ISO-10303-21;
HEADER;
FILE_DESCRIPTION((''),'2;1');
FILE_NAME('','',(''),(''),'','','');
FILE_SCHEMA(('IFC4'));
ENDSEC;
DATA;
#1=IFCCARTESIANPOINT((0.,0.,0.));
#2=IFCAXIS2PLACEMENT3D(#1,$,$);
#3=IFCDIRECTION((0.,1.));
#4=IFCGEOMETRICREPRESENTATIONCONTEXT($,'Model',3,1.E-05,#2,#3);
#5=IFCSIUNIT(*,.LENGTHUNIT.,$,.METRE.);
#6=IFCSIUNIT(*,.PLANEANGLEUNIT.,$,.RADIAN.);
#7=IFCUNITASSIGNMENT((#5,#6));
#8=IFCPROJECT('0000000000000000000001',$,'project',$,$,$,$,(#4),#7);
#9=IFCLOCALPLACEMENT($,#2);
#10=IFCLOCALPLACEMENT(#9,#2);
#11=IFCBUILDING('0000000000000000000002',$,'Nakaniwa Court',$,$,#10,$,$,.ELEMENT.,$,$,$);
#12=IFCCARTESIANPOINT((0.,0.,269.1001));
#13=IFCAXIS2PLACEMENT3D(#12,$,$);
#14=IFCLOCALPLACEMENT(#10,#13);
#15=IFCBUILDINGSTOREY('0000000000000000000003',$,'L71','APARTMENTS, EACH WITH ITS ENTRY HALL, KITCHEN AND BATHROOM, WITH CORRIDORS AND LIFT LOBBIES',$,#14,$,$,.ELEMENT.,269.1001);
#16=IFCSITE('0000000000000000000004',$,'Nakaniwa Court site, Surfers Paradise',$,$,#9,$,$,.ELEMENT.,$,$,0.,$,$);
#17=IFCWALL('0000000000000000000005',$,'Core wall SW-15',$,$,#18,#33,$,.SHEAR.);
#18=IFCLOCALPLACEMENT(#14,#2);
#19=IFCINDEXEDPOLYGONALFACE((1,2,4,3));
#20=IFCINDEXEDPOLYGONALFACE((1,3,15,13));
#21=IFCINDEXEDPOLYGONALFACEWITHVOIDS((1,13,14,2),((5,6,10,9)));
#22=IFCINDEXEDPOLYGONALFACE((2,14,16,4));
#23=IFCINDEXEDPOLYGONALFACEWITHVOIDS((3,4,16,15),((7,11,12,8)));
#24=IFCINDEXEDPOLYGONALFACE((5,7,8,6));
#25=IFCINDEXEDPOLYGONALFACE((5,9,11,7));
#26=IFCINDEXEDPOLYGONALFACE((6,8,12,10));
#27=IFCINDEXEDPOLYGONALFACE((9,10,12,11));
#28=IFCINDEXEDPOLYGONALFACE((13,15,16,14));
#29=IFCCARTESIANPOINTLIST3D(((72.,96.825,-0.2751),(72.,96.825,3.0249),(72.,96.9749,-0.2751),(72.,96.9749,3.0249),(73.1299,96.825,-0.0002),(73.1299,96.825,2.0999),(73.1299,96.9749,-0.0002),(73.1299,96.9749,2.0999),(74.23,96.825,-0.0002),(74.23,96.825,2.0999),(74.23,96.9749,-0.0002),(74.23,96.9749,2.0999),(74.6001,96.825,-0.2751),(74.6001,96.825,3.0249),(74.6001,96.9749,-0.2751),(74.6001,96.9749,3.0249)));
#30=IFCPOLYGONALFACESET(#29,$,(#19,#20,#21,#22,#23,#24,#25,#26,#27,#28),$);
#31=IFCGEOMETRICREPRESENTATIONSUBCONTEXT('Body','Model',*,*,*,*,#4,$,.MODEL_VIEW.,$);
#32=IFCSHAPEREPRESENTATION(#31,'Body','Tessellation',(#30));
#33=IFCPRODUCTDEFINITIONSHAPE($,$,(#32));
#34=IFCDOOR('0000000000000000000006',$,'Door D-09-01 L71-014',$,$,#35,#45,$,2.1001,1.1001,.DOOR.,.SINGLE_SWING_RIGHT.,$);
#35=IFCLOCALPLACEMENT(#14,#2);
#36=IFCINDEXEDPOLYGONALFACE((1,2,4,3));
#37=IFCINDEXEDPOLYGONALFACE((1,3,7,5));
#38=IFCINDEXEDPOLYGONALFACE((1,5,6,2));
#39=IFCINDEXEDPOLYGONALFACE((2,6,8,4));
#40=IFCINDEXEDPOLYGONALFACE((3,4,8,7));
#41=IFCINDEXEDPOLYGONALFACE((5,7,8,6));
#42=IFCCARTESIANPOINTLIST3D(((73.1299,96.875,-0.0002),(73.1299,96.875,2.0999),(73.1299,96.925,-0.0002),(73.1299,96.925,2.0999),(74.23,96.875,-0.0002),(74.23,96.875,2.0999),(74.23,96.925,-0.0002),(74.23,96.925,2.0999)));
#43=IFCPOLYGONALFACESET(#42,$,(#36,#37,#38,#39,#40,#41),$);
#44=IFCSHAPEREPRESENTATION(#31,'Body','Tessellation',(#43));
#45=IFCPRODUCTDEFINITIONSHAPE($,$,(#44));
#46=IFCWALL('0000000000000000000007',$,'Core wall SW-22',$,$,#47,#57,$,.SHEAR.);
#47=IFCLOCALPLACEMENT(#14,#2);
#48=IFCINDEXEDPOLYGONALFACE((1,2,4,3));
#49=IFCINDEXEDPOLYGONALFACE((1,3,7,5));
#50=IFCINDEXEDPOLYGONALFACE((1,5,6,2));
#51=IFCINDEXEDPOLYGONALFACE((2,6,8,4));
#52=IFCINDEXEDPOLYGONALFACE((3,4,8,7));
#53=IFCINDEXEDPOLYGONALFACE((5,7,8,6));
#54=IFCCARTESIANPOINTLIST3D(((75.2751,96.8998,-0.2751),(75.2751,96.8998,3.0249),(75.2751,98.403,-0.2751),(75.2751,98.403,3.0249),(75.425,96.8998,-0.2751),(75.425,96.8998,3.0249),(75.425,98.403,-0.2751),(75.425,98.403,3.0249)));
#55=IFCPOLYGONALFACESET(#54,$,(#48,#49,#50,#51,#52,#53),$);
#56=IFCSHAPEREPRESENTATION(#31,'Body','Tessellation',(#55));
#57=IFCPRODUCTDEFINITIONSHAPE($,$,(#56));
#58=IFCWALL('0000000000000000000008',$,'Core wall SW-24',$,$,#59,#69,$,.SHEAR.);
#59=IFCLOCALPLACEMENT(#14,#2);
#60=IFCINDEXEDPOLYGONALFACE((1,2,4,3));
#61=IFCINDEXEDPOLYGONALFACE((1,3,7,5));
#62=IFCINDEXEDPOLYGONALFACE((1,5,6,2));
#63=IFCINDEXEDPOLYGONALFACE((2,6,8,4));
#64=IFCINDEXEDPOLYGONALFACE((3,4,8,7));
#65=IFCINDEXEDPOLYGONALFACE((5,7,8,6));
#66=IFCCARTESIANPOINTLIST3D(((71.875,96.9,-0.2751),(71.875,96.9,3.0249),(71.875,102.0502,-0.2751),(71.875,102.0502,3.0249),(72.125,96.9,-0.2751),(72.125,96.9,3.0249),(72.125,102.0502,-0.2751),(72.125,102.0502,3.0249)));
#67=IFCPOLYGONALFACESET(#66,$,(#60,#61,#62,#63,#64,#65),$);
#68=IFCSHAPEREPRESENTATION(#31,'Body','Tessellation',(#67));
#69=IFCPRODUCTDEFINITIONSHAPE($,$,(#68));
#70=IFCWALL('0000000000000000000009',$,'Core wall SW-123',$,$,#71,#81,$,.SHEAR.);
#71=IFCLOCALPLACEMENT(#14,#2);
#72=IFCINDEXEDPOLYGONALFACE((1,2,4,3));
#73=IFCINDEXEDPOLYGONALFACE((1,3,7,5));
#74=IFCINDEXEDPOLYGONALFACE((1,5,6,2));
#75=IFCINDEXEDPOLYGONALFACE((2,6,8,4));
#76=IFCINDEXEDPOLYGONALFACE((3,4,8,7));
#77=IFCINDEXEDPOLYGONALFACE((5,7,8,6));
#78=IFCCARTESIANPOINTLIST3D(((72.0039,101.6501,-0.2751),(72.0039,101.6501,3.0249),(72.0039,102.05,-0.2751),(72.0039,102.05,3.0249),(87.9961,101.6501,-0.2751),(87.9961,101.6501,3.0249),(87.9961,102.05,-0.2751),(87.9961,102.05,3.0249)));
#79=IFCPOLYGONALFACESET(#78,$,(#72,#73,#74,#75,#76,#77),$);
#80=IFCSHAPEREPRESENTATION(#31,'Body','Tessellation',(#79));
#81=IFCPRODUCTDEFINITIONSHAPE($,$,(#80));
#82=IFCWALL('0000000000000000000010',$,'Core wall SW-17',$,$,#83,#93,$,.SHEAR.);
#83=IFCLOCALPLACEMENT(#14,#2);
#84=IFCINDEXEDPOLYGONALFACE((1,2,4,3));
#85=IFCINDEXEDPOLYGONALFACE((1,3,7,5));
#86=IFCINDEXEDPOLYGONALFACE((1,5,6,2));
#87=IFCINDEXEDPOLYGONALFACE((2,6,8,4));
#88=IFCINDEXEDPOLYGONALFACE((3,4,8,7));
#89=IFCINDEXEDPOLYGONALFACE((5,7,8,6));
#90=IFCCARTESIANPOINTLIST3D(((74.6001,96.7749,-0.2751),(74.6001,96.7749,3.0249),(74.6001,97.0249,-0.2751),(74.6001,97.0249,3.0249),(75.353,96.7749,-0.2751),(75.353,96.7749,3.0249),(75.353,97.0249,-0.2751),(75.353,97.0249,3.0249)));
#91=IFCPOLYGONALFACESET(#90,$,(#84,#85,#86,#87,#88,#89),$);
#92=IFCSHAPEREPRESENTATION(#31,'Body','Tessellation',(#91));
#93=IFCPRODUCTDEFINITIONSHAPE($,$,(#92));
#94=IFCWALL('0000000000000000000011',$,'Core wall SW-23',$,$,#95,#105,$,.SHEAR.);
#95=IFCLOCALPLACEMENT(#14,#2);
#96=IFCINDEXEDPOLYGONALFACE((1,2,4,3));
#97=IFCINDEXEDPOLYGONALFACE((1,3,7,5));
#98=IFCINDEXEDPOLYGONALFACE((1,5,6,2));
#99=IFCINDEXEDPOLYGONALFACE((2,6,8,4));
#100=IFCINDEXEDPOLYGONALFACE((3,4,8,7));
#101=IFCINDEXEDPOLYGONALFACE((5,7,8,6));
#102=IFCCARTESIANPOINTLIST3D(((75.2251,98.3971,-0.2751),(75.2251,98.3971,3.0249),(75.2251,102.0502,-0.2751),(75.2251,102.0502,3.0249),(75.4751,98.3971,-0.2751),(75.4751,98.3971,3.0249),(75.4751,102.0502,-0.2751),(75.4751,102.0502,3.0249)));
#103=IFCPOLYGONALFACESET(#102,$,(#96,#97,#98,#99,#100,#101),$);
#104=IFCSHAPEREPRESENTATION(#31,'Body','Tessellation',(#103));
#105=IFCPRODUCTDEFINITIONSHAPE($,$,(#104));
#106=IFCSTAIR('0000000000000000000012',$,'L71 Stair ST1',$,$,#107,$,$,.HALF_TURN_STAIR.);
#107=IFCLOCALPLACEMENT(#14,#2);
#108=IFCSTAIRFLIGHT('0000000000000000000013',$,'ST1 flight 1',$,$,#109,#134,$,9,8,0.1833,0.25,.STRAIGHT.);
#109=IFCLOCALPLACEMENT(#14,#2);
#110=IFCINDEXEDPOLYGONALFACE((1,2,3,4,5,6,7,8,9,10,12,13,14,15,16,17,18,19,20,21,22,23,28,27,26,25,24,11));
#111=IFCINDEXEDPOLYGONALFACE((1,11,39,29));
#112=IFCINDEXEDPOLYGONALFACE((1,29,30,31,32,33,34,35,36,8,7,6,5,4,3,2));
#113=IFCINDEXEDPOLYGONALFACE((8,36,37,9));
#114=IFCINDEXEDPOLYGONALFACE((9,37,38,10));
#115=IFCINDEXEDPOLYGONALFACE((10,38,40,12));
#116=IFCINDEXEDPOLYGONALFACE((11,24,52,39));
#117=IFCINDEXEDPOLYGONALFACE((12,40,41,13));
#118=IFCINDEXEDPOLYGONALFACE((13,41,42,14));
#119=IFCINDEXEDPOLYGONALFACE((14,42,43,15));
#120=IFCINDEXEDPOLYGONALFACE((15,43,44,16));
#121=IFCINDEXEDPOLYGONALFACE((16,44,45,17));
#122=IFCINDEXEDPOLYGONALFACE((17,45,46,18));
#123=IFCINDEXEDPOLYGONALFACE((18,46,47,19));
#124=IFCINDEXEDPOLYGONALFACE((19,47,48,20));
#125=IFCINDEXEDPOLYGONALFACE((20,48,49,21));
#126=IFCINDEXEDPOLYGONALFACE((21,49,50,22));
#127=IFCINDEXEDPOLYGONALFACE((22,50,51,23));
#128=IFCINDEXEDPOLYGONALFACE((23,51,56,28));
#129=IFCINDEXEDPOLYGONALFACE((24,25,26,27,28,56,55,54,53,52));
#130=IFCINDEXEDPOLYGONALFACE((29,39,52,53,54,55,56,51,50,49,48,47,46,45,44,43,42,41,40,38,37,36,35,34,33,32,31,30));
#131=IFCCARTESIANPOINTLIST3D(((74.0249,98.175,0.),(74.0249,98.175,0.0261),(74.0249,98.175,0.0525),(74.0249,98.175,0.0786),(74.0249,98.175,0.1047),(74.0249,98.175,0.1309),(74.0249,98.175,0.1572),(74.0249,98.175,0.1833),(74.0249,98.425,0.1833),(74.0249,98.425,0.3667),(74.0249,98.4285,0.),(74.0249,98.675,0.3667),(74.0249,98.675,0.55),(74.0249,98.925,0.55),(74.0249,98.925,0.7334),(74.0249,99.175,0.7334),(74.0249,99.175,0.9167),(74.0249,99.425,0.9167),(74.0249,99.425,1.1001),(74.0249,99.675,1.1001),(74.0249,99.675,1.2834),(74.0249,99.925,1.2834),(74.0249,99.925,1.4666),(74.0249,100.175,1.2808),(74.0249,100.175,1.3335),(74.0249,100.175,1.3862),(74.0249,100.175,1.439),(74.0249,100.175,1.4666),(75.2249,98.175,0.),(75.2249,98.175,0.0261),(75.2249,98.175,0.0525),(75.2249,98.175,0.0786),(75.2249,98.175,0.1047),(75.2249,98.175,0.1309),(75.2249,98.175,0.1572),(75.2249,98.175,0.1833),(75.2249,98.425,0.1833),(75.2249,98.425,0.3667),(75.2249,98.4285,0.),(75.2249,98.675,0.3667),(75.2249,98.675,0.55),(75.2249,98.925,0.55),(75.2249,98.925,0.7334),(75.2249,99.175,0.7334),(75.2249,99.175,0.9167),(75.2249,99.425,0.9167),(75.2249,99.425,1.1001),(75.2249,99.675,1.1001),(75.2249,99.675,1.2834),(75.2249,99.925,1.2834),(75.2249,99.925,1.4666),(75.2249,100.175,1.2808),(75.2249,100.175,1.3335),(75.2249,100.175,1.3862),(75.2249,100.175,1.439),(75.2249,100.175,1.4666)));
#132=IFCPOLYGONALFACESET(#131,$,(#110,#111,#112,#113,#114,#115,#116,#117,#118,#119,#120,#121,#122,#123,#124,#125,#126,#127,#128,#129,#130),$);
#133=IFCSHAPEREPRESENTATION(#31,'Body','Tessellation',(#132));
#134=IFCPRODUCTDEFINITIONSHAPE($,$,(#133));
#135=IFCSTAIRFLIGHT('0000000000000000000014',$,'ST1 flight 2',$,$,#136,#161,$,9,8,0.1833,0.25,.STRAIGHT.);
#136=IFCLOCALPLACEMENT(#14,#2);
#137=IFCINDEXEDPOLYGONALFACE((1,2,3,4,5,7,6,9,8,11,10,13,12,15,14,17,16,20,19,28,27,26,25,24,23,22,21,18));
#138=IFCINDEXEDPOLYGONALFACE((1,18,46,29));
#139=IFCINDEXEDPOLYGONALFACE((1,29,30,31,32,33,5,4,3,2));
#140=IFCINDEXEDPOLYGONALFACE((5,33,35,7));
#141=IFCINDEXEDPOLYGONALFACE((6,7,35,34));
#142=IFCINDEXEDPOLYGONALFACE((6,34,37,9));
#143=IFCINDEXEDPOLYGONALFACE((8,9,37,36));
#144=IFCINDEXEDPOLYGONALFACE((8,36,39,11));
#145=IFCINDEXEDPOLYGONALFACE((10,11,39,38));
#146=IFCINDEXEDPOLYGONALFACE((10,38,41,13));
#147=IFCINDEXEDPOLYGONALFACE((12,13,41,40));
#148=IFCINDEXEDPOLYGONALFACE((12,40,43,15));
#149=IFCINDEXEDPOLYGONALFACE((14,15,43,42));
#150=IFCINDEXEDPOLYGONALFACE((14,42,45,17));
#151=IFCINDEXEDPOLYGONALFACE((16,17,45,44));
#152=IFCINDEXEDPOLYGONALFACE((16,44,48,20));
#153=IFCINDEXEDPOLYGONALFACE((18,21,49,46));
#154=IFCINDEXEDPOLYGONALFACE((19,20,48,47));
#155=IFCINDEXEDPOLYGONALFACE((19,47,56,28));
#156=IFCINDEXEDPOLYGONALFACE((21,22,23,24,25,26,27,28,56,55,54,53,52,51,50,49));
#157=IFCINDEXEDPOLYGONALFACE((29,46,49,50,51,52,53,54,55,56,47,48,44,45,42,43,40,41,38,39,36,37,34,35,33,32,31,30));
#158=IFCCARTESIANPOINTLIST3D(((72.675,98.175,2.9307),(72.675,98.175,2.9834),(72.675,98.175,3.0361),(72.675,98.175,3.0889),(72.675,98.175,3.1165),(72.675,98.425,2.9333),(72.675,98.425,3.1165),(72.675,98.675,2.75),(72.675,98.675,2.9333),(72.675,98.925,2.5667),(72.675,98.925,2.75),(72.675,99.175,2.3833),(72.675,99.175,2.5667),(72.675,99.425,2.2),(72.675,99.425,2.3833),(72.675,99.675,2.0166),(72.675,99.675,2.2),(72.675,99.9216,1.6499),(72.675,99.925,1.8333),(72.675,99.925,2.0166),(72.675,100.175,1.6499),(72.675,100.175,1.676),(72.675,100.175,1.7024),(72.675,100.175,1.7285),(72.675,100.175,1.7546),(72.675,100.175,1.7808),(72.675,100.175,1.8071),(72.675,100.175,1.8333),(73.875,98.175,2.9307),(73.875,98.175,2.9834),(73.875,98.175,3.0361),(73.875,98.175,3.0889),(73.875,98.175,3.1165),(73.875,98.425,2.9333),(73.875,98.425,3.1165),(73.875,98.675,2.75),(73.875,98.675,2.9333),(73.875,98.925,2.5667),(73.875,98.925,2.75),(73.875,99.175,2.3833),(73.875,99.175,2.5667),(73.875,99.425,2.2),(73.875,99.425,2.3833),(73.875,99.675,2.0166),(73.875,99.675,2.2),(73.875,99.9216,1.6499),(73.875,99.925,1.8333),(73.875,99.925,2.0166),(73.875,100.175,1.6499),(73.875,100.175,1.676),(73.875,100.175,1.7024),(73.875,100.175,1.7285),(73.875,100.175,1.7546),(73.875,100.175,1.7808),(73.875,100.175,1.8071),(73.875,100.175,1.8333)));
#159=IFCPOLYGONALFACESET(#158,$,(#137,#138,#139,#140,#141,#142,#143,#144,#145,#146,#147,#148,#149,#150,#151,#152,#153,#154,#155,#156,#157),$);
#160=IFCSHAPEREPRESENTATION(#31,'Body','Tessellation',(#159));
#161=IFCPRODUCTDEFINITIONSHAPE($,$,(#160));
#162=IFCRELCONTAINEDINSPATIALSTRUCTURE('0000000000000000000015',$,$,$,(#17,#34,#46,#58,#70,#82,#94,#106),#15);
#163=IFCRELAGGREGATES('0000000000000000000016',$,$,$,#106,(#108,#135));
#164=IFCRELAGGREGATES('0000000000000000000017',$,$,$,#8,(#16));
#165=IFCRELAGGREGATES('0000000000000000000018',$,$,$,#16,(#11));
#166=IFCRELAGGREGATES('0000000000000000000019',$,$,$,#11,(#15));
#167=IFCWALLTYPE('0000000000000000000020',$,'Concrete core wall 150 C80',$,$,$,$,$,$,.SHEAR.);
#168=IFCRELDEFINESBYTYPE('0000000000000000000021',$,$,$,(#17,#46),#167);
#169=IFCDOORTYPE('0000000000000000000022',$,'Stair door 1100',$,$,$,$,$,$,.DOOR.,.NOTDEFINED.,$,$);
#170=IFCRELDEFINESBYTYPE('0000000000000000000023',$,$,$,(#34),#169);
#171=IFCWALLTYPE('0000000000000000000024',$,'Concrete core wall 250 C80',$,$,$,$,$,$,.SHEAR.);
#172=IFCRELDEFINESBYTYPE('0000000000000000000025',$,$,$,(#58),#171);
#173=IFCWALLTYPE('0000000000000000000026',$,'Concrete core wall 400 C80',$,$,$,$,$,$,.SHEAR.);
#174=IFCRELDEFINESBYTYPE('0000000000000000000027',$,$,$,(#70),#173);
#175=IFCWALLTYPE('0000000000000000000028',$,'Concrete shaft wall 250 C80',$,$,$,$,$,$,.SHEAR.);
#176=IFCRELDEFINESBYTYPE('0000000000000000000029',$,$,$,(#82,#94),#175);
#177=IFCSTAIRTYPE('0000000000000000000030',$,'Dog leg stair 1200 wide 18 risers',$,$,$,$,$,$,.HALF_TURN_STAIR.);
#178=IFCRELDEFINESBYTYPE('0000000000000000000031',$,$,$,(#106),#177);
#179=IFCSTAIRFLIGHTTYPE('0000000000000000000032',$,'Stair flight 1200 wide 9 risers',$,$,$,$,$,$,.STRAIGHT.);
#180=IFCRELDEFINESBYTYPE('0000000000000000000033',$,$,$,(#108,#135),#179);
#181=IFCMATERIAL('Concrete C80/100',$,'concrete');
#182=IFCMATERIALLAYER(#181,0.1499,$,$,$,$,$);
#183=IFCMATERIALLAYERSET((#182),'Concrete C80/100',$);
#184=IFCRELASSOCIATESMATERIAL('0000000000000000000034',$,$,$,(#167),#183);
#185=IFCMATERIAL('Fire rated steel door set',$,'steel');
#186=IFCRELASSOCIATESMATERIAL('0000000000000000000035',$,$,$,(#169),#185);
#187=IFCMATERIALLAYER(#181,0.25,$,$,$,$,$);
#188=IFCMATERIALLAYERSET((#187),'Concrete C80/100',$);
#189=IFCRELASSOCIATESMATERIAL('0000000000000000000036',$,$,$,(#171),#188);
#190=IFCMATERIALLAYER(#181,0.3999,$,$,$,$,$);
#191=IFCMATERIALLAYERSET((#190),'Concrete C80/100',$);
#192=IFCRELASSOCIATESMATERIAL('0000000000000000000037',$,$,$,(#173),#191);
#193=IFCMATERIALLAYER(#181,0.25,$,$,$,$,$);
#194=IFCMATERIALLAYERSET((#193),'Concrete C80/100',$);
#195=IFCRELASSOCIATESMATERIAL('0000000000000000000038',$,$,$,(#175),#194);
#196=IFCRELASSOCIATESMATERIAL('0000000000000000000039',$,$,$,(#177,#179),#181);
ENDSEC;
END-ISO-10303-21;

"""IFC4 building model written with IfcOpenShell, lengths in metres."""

from ifc_helpers import new_model, si_unit, direction, frame, frame_2d, origin, place, context, subcontext, project, spatial, polyline, rectangle, outline, extrude, material, layer, layer_set, type_object, element, fill, aggregate, save


model = new_model("IFC4")

# Units and contexts
model_context = context("Model", 3, precision=1e-05, world=origin(), true_north=direction((0.0, 1.0)))
body_context = subcontext(model_context, "Body", "Model", "MODEL_VIEW")
ifc_project = project(units=[si_unit("LENGTHUNIT", "METRE"), si_unit("PLANEANGLEUNIT", "RADIAN")], contexts=[model_context])

# Site, building, storey
site_placement = place(None, origin())
site = spatial("IfcSite", under=ifc_project, at=site_placement, Name="Nakaniwa Court site, Surfers Paradise", CompositionType="ELEMENT", RefElevation=0.0)
building_placement = place(site_placement, origin())
building = spatial("IfcBuilding", under=site, at=building_placement, Name="Nakaniwa Court", CompositionType="ELEMENT")
storey_placement = place(building_placement, frame((0.0, 0.0, 269.1001)))
storey = spatial("IfcBuildingStorey", under=building, at=storey_placement, Name="L71", Description="APARTMENTS, EACH WITH ITS ENTRY HALL, KITCHEN AND BATHROOM, WITH CORRIDORS AND LIFT LOBBIES", CompositionType="ELEMENT", Elevation=269.1001)

# Shared definitions
ifc_material_1 = material(Name="Concrete C80/100", Category="concrete")

# Shared definitions
ifc_material_2 = material(Name="Fire rated steel door set", Category="steel")

# Wall, opening, door
ifc_layer_1 = layer(ifc_material_1, 0.1499)
ifc_layer_set_1 = layer_set([ifc_layer_1], Name="Concrete C80/100")
wall_type_1 = type_object("IfcWallType", Name="Concrete core wall 150 C80", PredefinedType="SHEAR", material=ifc_layer_set_1)
wall_1_placement = place(storey_placement, frame((74.6001, 96.8999, -0.2751), z_axis=(0.0, 0.0, 1.0), x_axis=(-1.0, 0.0, 0.0)))
wall_1 = element("IfcWall", 1, at=wall_1_placement, inside=storey, type_object=wall_type_1, Name="Core wall SW-15", PredefinedType="SHEAR", context=body_context, shape_type="SweptSolid", body=[
    extrude(rectangle(XDim=2.6001, YDim=0.1499, at=frame_2d((1.3, 0.0))), origin(), (0.0, 0.0, 1.0), 3.3),
])
opening_1_placement = place(wall_1_placement, frame((0.3701, 0.0, 0.2749)))
opening_1 = element("IfcOpeningElement", 2, at=opening_1_placement, cuts=wall_1, PredefinedType="OPENING", context=body_context, shape_type="SweptSolid", body=[
    extrude(rectangle(XDim=1.1001, YDim=2.1001, at=frame_2d((0.55, 1.05))), frame((0.0, 0.085, 0.0), z_axis=(0.0, -1.0, 0.0), x_axis=(1.0, 0.0, 0.0)), (0.0, 0.0, 1.0), 0.1699),
])
door_type_1 = type_object("IfcDoorType", Name="Stair door 1100", OperationType="NOTDEFINED", PredefinedType="DOOR", material=ifc_material_2)
door_1_placement = place(opening_1_placement, origin())
door_1 = element("IfcDoor", 3, at=door_1_placement, inside=storey, type_object=door_type_1, Name="Door D-09-01 L71-014", OperationType="SINGLE_SWING_RIGHT", OverallHeight=2.1001, OverallWidth=1.1001, PredefinedType="DOOR", context=body_context, shape_type="SweptSolid", body=[
    extrude(rectangle(XDim=1.1001, YDim=2.1001, at=frame_2d((0.55, 1.05))), frame((0.0, 0.0249, 0.0), z_axis=(0.0, -1.0, 0.0), x_axis=(1.0, 0.0, 0.0)), (0.0, 0.0, 1.0), 0.05),
])
fill(opening_1, door_1)

# Walls
wall_2_placement = place(storey_placement, frame((75.3501, 96.8999, -0.2751), z_axis=(0.0, 0.0, 1.0), x_axis=(0.0, 1.0, 0.0)))
element("IfcWall", 4, at=wall_2_placement, inside=storey, type_object=wall_type_1, Name="Core wall SW-22", PredefinedType="SHEAR", context=body_context, shape_type="SweptSolid", body=[
    extrude(rectangle(XDim=1.5032, YDim=0.1499, at=frame_2d((0.7515, 0.0))), origin(), (0.0, 0.0, 1.0), 3.3),
])
ifc_layer_2 = layer(ifc_material_1, 0.25)
ifc_layer_set_2 = layer_set([ifc_layer_2], Name="Concrete C80/100")
wall_type_2 = type_object("IfcWallType", Name="Concrete core wall 250 C80", PredefinedType="SHEAR", material=ifc_layer_set_2)
wall_3_placement = place(storey_placement, frame((72.0, 96.8999, -0.2751), z_axis=(0.0, 0.0, 1.0), x_axis=(0.0, 1.0, 0.0)))
element("IfcWall", 5, at=wall_3_placement, inside=storey, type_object=wall_type_2, Name="Core wall SW-24", PredefinedType="SHEAR", context=body_context, shape_type="SweptSolid", body=[
    extrude(rectangle(XDim=5.1501, YDim=0.25, at=frame_2d((2.5752, 0.0))), origin(), (0.0, 0.0, 1.0), 3.3),
])
ifc_layer_3 = layer(ifc_material_1, 0.3999)
ifc_layer_set_3 = layer_set([ifc_layer_3], Name="Concrete C80/100")
wall_type_3 = type_object("IfcWallType", Name="Concrete core wall 400 C80", PredefinedType="SHEAR", material=ifc_layer_set_3)
wall_4_placement = place(storey_placement, frame((72.0039, 101.8501, -0.2751), z_axis=(0.0, 0.0, 1.0), x_axis=(1.0, 0.0, 0.0)))
element("IfcWall", 6, at=wall_4_placement, inside=storey, type_object=wall_type_3, Name="Core wall SW-123", PredefinedType="SHEAR", context=body_context, shape_type="SweptSolid", body=[
    extrude(rectangle(XDim=15.9922, YDim=0.3999, at=frame_2d((7.9961, 0.0))), origin(), (0.0, 0.0, 1.0), 3.3),
])
ifc_layer_4 = layer(ifc_material_1, 0.25)
ifc_layer_set_4 = layer_set([ifc_layer_4], Name="Concrete C80/100")
wall_type_4 = type_object("IfcWallType", Name="Concrete shaft wall 250 C80", PredefinedType="SHEAR", material=ifc_layer_set_4)
wall_5_placement = place(storey_placement, frame((74.6001, 96.8999, -0.2751), z_axis=(0.0, 0.0, 1.0), x_axis=(1.0, 0.0, 0.0)))
element("IfcWall", 7, at=wall_5_placement, inside=storey, type_object=wall_type_4, Name="Core wall SW-17", PredefinedType="SHEAR", context=body_context, shape_type="SweptSolid", body=[
    extrude(rectangle(XDim=0.7529, YDim=0.25, at=frame_2d((0.3765, 0.0))), origin(), (0.0, 0.0, 1.0), 3.3),
])
wall_6_placement = place(storey_placement, frame((75.3501, 98.397, -0.2751), z_axis=(0.0, 0.0, 1.0), x_axis=(0.0, 1.0, 0.0)))
element("IfcWall", 8, at=wall_6_placement, inside=storey, type_object=wall_type_4, Name="Core wall SW-23", PredefinedType="SHEAR", context=body_context, shape_type="SweptSolid", body=[
    extrude(rectangle(XDim=3.6531, YDim=0.25, at=frame_2d((1.8267, 0.0))), origin(), (0.0, 0.0, 1.0), 3.3),
])

# Stair, stair flights
stair_type = type_object("IfcStairType", Name="Dog leg stair 1200 wide 18 risers", PredefinedType="HALF_TURN_STAIR", material=ifc_material_1)
stair_placement = place(storey_placement, origin())
stair = element("IfcStair", 9, at=stair_placement, inside=storey, type_object=stair_type, Name="L71 Stair ST1", PredefinedType="HALF_TURN_STAIR")
stair_flight_type = type_object("IfcStairFlightType", Name="Stair flight 1200 wide 9 risers", PredefinedType="STRAIGHT", material=ifc_material_1)
stair_flight_1_placement = place(storey_placement, frame((74.625, 98.175, 0.0), z_axis=(0.0, 0.0, 1.0), x_axis=(0.0, 1.0, 0.0)))
stair_flight_1 = element("IfcStairFlight", 10, at=stair_flight_1_placement, type_object=stair_flight_type, Name="ST1 flight 1", NumberOfRisers=9, NumberOfTreads=8, PredefinedType="STRAIGHT", RiserHeight=0.1833, TreadLength=0.25, context=body_context, shape_type="SweptSolid", body=[
    extrude(outline(polyline([(0.0, 0.0), (0.0, 0.0261), (0.0, 0.0525), (0.0, 0.0786), (0.0, 0.1047), (0.0, 0.1309), (0.0, 0.1572), (0.0, 0.1833), (0.25, 0.1833), (0.25, 0.3667), (0.5, 0.3667), (0.5, 0.55), (0.75, 0.55), (0.75, 0.7334), (1.0, 0.7334), (1.0, 0.9167), (1.25, 0.9167), (1.25, 1.1001), (1.5, 1.1001), (1.5, 1.2834), (1.75, 1.2834), (1.75, 1.4666), (2.0, 1.4666), (2.0, 1.6499), (2.0, 1.5972), (2.0, 1.5444), (2.0, 1.4917), (2.0, 1.439), (2.0, 1.3862), (2.0, 1.3335), (2.0, 1.2808), (0.2534, 0.0), (0.0, 0.0)])), frame((0.0, 0.6001, 0.0), z_axis=(0.0, -1.0, 0.0), x_axis=(1.0, 0.0, 0.0)), (0.0, 0.0, 1.0), 1.2),
])
stair_flight_2_placement = place(storey_placement, frame((73.2749, 100.175, 1.6499), z_axis=(0.0, 0.0, 1.0), x_axis=(0.0, -1.0, 0.0)))
stair_flight_2 = element("IfcStairFlight", 11, at=stair_flight_2_placement, type_object=stair_flight_type, Name="ST1 flight 2", NumberOfRisers=9, NumberOfTreads=8, PredefinedType="STRAIGHT", RiserHeight=0.1833, TreadLength=0.25, context=body_context, shape_type="SweptSolid", body=[
    extrude(outline(polyline([(0.0, 0.0), (0.0, 0.0261), (0.0, 0.0525), (0.0, 0.0786), (0.0, 0.1047), (0.0, 0.1309), (0.0, 0.1572), (0.0, 0.1833), (0.25, 0.1833), (0.25, 0.3667), (0.5, 0.3667), (0.5, 0.55), (0.75, 0.55), (0.75, 0.7334), (1.0, 0.7334), (1.0, 0.9167), (1.25, 0.9167), (1.25, 1.1001), (1.5, 1.1001), (1.5, 1.2834), (1.75, 1.2834), (1.75, 1.4666), (2.0, 1.4666), (2.0, 1.6499), (2.0, 1.5972), (2.0, 1.5444), (2.0, 1.4917), (2.0, 1.439), (2.0, 1.3862), (2.0, 1.3335), (2.0, 1.2808), (0.2534, 0.0), (0.0, 0.0)])), frame((0.0, 0.6001, 0.0), z_axis=(0.0, -1.0, 0.0), x_axis=(1.0, 0.0, 0.0)), (0.0, 0.0, 1.0), 1.2),
])
aggregate(stair, [stair_flight_1, stair_flight_2])

save(model, "model.ifc")
